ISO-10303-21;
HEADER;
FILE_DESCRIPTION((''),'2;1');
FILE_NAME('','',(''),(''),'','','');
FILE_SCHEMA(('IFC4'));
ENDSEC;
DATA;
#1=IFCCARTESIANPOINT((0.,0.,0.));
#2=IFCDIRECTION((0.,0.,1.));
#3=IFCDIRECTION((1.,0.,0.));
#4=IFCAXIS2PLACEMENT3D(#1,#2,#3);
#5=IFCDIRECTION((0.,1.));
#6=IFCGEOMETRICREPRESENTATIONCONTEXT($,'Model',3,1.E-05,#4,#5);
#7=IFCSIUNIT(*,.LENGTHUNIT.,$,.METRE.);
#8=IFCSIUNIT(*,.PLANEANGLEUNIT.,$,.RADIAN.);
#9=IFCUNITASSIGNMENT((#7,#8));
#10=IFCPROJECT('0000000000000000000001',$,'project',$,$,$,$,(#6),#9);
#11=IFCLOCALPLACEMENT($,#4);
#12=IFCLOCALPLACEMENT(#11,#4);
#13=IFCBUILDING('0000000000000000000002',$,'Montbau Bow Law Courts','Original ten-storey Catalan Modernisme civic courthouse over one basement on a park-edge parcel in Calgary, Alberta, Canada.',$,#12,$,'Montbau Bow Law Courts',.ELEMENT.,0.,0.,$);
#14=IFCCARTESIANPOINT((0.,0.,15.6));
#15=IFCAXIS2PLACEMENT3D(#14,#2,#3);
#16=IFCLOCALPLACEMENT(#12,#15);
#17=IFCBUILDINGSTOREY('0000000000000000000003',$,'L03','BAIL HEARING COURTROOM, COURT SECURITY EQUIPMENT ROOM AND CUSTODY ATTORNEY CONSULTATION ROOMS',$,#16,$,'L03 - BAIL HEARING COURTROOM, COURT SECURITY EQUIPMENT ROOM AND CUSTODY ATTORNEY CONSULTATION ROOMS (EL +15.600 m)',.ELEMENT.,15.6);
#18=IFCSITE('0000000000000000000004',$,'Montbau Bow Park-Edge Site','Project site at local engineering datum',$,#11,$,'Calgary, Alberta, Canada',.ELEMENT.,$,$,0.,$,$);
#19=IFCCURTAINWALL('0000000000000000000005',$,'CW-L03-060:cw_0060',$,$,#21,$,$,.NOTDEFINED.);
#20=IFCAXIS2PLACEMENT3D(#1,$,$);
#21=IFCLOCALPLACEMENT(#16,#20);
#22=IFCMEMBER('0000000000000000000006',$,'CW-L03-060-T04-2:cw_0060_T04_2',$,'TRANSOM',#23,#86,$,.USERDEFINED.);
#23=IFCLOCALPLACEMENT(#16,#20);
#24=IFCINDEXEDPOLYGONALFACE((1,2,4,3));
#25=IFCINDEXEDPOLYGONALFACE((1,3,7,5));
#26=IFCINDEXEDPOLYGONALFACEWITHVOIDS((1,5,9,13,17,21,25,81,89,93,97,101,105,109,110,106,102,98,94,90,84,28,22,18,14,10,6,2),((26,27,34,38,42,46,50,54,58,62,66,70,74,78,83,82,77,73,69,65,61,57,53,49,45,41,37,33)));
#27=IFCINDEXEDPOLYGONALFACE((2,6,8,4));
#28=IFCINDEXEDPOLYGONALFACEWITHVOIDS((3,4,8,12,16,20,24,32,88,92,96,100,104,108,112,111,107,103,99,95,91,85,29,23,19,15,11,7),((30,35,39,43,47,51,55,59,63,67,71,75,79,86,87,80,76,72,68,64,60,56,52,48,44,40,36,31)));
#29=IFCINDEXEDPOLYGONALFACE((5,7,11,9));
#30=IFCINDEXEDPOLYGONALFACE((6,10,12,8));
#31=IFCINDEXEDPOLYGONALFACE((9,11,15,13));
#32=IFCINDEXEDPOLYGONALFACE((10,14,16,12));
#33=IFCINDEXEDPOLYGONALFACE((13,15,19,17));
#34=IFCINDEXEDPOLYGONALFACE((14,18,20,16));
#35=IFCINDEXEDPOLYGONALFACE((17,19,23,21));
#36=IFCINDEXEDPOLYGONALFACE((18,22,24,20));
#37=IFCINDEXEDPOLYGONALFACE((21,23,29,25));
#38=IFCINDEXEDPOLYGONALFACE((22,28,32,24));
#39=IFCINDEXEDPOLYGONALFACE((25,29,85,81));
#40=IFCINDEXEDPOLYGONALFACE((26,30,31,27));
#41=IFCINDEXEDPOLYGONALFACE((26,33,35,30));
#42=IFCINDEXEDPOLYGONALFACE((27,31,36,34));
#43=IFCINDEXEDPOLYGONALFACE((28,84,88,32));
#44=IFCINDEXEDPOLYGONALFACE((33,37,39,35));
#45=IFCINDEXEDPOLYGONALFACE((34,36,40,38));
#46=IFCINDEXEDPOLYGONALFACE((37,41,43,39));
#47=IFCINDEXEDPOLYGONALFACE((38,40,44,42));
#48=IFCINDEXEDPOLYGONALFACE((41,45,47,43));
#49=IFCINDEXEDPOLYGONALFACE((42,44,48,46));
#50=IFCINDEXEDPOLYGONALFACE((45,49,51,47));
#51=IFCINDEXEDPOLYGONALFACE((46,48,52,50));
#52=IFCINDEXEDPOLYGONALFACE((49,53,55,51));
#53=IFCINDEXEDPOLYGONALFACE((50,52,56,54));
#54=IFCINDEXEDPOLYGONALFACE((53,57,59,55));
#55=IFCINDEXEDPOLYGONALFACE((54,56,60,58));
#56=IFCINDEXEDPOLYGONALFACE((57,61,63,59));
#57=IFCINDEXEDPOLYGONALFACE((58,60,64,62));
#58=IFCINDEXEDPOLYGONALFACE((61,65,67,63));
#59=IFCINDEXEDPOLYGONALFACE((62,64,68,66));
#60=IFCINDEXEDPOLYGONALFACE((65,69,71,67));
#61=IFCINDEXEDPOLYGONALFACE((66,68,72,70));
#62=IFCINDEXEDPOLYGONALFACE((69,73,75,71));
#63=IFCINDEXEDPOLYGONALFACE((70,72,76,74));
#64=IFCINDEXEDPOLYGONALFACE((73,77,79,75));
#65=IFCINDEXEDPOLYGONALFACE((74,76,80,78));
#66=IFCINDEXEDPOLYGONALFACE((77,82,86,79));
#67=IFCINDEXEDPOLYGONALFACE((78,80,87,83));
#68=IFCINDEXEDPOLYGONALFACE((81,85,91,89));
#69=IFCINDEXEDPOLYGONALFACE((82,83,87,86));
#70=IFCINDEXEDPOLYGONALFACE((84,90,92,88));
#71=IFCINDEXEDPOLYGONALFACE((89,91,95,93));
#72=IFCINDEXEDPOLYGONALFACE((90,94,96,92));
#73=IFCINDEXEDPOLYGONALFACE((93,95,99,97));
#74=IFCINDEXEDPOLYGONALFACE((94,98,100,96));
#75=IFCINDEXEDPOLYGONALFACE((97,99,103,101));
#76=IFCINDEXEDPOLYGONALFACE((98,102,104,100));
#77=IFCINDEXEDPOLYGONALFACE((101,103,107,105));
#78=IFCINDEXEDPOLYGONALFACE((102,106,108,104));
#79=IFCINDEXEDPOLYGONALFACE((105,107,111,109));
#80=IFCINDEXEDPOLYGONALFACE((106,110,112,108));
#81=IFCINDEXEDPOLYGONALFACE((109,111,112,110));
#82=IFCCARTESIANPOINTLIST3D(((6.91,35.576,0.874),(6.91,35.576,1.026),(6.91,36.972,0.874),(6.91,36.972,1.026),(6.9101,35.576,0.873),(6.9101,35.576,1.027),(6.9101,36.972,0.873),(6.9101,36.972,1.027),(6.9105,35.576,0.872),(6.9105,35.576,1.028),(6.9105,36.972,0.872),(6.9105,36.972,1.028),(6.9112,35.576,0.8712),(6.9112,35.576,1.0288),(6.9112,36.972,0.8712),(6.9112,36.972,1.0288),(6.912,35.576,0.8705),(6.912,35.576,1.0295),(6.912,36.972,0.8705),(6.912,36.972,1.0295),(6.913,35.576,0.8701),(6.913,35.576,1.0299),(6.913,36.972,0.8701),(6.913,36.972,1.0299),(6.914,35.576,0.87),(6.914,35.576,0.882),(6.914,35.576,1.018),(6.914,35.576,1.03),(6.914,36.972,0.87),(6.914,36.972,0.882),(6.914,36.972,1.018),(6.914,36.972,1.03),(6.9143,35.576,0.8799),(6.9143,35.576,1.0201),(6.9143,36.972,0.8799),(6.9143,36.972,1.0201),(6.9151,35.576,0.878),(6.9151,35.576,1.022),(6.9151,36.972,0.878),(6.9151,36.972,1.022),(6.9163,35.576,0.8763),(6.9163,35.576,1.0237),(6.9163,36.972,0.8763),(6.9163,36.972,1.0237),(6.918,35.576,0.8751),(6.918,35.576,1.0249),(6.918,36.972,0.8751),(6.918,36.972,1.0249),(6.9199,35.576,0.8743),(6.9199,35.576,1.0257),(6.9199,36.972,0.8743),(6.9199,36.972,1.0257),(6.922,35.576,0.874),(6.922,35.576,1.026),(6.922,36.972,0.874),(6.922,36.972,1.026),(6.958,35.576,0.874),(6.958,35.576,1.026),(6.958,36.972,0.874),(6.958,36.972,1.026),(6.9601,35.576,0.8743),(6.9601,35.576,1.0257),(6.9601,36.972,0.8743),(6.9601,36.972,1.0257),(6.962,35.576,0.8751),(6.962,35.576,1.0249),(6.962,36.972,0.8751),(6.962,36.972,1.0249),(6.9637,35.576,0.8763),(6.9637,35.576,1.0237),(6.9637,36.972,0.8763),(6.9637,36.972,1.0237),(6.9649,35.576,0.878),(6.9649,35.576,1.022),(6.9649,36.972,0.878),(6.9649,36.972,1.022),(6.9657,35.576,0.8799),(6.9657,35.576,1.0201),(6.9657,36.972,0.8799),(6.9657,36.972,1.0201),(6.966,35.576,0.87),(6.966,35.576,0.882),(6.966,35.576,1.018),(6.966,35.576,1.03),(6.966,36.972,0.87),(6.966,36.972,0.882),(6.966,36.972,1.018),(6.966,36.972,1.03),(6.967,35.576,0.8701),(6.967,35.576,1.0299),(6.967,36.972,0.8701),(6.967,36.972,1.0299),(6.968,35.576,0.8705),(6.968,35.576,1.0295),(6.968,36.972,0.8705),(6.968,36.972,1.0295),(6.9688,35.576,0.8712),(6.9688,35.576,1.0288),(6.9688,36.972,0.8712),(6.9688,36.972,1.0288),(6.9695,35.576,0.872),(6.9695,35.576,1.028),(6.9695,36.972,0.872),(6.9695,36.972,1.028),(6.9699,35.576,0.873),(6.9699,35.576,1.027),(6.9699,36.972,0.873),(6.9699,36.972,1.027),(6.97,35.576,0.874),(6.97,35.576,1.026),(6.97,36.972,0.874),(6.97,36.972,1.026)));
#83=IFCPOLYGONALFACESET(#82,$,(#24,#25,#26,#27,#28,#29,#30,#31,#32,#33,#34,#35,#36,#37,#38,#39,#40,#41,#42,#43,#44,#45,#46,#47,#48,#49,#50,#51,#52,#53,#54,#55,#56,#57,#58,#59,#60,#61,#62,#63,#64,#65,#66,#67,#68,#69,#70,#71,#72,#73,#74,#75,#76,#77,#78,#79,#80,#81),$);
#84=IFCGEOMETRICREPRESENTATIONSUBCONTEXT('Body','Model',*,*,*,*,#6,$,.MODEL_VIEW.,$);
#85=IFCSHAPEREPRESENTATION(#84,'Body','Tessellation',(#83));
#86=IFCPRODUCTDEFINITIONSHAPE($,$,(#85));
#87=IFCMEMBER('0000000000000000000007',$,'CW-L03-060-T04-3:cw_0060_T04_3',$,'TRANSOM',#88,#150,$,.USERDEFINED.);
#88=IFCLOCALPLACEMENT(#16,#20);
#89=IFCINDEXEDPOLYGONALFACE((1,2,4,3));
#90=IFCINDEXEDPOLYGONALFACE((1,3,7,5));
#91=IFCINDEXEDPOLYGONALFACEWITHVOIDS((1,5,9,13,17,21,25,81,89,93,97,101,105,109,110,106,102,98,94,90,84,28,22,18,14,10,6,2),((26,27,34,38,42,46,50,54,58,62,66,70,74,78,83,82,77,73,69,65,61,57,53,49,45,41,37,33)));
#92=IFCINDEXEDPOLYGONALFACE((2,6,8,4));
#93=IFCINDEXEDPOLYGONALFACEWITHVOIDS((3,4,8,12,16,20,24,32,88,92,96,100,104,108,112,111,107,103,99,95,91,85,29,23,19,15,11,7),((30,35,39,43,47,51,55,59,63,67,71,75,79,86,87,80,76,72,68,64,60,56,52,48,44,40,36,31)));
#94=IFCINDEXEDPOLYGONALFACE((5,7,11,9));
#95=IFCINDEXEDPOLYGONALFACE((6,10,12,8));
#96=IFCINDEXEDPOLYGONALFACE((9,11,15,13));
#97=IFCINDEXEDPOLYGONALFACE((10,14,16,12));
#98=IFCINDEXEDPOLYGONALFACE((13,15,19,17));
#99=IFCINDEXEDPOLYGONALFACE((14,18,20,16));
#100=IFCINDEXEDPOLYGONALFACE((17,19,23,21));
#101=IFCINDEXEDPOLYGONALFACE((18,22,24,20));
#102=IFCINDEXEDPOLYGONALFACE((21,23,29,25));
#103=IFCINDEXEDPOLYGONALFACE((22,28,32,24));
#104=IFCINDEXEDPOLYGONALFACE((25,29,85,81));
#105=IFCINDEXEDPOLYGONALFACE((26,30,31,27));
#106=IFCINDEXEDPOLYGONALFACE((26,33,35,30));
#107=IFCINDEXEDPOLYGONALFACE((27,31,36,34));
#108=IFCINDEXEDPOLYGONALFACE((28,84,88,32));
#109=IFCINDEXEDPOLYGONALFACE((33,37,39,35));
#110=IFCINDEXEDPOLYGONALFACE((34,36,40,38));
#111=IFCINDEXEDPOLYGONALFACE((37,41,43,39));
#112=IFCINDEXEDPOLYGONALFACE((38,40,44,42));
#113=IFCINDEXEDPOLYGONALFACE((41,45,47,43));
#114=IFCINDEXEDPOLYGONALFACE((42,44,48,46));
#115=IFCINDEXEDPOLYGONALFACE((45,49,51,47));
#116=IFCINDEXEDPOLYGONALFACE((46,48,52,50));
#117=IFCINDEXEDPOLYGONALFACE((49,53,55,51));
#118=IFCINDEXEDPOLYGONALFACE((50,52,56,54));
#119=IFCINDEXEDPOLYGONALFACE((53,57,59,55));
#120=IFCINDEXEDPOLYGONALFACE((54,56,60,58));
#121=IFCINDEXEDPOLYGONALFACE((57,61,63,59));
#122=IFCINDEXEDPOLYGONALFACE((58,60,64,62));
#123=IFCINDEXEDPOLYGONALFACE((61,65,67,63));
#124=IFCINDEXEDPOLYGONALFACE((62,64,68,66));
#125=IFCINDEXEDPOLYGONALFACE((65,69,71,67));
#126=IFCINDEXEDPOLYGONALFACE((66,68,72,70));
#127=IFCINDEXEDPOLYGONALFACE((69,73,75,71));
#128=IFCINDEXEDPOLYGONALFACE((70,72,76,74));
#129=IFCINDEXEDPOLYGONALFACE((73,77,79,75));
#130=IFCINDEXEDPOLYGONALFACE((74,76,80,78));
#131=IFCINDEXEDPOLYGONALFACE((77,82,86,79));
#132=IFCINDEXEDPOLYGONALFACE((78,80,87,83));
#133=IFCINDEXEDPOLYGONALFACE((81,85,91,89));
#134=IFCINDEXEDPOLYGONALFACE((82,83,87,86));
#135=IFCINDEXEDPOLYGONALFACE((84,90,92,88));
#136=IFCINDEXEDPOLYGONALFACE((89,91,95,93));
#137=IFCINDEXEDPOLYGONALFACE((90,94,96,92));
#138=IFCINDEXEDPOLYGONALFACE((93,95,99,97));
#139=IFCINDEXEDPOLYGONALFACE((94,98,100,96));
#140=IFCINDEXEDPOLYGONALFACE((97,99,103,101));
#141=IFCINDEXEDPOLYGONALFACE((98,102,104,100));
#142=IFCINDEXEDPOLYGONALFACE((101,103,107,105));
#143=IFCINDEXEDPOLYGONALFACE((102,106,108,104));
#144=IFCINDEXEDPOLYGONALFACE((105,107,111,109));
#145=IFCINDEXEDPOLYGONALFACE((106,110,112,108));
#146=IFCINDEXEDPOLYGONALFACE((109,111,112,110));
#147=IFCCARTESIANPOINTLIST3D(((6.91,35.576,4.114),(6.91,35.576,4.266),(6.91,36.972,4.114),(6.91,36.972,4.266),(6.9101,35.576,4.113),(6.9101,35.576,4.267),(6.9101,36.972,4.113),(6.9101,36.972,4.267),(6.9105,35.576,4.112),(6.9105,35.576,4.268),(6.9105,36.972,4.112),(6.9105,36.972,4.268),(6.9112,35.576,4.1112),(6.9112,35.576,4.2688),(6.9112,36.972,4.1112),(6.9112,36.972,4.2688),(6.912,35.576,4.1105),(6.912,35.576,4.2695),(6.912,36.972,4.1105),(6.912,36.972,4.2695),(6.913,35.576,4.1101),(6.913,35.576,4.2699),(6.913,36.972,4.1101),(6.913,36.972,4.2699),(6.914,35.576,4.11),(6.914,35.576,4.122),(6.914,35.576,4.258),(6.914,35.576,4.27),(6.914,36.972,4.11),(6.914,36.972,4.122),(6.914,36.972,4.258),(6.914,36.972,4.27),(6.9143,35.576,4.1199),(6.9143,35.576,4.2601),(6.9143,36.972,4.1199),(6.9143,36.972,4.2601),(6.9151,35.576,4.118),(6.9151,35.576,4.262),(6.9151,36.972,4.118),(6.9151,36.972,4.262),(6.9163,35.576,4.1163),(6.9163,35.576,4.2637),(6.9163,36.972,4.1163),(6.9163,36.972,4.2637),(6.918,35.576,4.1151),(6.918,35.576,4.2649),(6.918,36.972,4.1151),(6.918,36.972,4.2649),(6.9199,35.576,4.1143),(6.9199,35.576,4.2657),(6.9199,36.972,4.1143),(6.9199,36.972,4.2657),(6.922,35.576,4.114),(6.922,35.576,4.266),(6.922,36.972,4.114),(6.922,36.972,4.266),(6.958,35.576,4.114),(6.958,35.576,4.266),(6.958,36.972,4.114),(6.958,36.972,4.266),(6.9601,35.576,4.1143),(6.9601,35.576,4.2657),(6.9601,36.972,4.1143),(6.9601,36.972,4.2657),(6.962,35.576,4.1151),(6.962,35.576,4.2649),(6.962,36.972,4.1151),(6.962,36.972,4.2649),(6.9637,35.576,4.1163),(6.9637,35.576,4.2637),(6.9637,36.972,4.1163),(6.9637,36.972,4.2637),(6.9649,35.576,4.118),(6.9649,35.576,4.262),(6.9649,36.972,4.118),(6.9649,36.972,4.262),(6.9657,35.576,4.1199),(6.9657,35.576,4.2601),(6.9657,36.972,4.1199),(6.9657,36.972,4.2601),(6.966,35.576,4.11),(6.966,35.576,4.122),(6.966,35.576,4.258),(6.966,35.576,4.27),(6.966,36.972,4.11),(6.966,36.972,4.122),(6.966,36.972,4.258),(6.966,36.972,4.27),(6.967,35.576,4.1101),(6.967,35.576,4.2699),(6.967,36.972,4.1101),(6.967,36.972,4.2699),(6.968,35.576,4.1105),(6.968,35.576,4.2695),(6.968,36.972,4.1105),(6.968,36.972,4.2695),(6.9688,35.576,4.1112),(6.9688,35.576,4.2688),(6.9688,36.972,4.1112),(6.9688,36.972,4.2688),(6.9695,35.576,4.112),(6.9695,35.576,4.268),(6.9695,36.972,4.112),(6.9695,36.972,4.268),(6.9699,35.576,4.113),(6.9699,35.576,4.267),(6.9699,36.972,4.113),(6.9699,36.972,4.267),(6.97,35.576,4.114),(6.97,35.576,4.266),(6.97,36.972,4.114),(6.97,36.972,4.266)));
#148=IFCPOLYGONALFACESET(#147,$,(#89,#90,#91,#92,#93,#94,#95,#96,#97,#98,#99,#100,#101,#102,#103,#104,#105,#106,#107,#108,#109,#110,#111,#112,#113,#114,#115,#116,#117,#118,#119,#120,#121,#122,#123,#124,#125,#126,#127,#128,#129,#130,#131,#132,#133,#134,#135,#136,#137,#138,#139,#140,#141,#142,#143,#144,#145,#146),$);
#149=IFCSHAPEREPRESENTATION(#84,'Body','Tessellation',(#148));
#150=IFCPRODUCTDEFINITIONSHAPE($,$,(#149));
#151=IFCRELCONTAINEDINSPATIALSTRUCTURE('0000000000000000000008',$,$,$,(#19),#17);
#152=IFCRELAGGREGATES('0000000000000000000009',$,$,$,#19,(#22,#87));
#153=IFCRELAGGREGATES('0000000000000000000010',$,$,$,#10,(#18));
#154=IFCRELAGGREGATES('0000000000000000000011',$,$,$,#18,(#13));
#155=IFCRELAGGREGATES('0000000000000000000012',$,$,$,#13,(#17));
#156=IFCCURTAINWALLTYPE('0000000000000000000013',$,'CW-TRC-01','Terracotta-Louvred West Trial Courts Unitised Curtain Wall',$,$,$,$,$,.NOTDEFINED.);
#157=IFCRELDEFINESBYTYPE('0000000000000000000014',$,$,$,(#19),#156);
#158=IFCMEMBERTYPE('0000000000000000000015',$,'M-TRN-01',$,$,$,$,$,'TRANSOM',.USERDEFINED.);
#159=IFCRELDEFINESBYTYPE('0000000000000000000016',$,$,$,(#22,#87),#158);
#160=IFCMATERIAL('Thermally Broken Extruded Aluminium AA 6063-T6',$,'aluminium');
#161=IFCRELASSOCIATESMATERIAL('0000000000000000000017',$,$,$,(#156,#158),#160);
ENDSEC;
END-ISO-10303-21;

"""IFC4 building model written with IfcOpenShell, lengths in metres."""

from ifc_helpers import new_model, si_unit, direction, frame, origin_with_axes, origin_2d_with_axis, place, context, subcontext, project, spatial, hollow_rectangle, extrude, material, material_profile, profile_set, type_object, element, aggregate, save


model = new_model("IFC4")

# Units and contexts
model_context = context("Model", 3, precision=1e-05, world=origin_with_axes(), true_north=direction((0.0, 1.0)))
body_context = subcontext(model_context, "Body", "Model", "MODEL_VIEW")
ifc_project = project(units=[si_unit("LENGTHUNIT", "METRE"), si_unit("PLANEANGLEUNIT", "RADIAN")], contexts=[model_context])

# Site, building, storey
site_placement = place(None, origin_with_axes())
site = spatial("IfcSite", under=ifc_project, at=site_placement, Name="Montbau Bow Park-Edge Site", Description="Project site at local engineering datum", LongName="Calgary, Alberta, Canada", CompositionType="ELEMENT", RefElevation=0.0)
building_placement = place(site_placement, origin_with_axes())
building = spatial("IfcBuilding", under=site, at=building_placement, Name="Montbau Bow Law Courts", Description="Original ten-storey Catalan Modernisme civic courthouse over one basement on a park-edge parcel in Calgary, Alberta, Canada.", LongName="Montbau Bow Law Courts", CompositionType="ELEMENT", ElevationOfRefHeight=0.0, ElevationOfTerrain=0.0)
storey_placement = place(building_placement, frame((0.0, 0.0, 15.6), z_axis=(0.0, 0.0, 1.0), x_axis=(1.0, 0.0, 0.0)))
storey = spatial("IfcBuildingStorey", under=building, at=storey_placement, Name="L03", Description="BAIL HEARING COURTROOM, COURT SECURITY EQUIPMENT ROOM AND CUSTODY ATTORNEY CONSULTATION ROOMS", LongName="L03 - BAIL HEARING COURTROOM, COURT SECURITY EQUIPMENT ROOM AND CUSTODY ATTORNEY CONSULTATION ROOMS (EL +15.600 m)", CompositionType="ELEMENT", Elevation=15.6)

# Curtain wall, members
ifc_material_1 = material(Name="Thermally Broken Extruded Aluminium AA 6063-T6", Category="aluminium")
curtain_wall_type = type_object("IfcCurtainWallType", Name="CW-TRC-01", Description="Terracotta-Louvred West Trial Courts Unitised Curtain Wall", PredefinedType="NOTDEFINED", material=ifc_material_1)
curtain_wall_placement = place(None, frame((6.94, 31.115, 15.6), z_axis=(0.0, 0.0, 1.0), x_axis=(1.0, 0.0, 0.0)))
curtain_wall = element("IfcCurtainWall", 1, at=curtain_wall_placement, inside=storey, type_object=curtain_wall_type, Name="CW-L03-060:cw_0060", PredefinedType="NOTDEFINED")
ifc_material_profile_1 = material_profile(ifc_material_1, hollow_rectangle(XDim=0.06, YDim=0.16, WallThickness=0.004, InnerFilletRadius=0.008, OuterFilletRadius=0.004, at=origin_2d_with_axis()), Name="CWT-160X60", Category="Main", Priority=0)
ifc_profile_set_1 = profile_set([ifc_material_profile_1], Name="Thermally Broken Extruded Aluminium AA 6063-T6")
member_type_1 = type_object("IfcMemberType", Name="M-TRN-01", ElementType="TRANSOM", PredefinedType="USERDEFINED", material=ifc_profile_set_1)
member_1_placement = place(None, frame((6.94, 35.576, 16.55), z_axis=(0.0, 1.0, 0.0), x_axis=(-1.0, 0.0, 0.0)))
member_1 = element("IfcMember", 2, at=member_1_placement, type_object=member_type_1, Name="CW-L03-060-T04-2:cw_0060_T04_2", ObjectType="TRANSOM", PredefinedType="USERDEFINED", context=body_context, shape_type="SweptSolid", body=[
    extrude(hollow_rectangle(XDim=0.06, YDim=0.16, WallThickness=0.004, InnerFilletRadius=0.008, OuterFilletRadius=0.004, at=origin_2d_with_axis()), origin_with_axes(), (0.0, 0.0, 1.0), 1.396),
])
member_2_placement = place(None, frame((6.94, 35.576, 19.79), z_axis=(0.0, 1.0, 0.0), x_axis=(-1.0, 0.0, 0.0)))
member_2 = element("IfcMember", 3, at=member_2_placement, type_object=member_type_1, Name="CW-L03-060-T04-3:cw_0060_T04_3", ObjectType="TRANSOM", PredefinedType="USERDEFINED", context=body_context, shape_type="SweptSolid", body=[
    extrude(hollow_rectangle(XDim=0.06, YDim=0.16, WallThickness=0.004, InnerFilletRadius=0.008, OuterFilletRadius=0.004, at=origin_2d_with_axis()), origin_with_axes(), (0.0, 0.0, 1.0), 1.396),
])
aggregate(curtain_wall, [member_1, member_2])

save(model, "model.ifc")
